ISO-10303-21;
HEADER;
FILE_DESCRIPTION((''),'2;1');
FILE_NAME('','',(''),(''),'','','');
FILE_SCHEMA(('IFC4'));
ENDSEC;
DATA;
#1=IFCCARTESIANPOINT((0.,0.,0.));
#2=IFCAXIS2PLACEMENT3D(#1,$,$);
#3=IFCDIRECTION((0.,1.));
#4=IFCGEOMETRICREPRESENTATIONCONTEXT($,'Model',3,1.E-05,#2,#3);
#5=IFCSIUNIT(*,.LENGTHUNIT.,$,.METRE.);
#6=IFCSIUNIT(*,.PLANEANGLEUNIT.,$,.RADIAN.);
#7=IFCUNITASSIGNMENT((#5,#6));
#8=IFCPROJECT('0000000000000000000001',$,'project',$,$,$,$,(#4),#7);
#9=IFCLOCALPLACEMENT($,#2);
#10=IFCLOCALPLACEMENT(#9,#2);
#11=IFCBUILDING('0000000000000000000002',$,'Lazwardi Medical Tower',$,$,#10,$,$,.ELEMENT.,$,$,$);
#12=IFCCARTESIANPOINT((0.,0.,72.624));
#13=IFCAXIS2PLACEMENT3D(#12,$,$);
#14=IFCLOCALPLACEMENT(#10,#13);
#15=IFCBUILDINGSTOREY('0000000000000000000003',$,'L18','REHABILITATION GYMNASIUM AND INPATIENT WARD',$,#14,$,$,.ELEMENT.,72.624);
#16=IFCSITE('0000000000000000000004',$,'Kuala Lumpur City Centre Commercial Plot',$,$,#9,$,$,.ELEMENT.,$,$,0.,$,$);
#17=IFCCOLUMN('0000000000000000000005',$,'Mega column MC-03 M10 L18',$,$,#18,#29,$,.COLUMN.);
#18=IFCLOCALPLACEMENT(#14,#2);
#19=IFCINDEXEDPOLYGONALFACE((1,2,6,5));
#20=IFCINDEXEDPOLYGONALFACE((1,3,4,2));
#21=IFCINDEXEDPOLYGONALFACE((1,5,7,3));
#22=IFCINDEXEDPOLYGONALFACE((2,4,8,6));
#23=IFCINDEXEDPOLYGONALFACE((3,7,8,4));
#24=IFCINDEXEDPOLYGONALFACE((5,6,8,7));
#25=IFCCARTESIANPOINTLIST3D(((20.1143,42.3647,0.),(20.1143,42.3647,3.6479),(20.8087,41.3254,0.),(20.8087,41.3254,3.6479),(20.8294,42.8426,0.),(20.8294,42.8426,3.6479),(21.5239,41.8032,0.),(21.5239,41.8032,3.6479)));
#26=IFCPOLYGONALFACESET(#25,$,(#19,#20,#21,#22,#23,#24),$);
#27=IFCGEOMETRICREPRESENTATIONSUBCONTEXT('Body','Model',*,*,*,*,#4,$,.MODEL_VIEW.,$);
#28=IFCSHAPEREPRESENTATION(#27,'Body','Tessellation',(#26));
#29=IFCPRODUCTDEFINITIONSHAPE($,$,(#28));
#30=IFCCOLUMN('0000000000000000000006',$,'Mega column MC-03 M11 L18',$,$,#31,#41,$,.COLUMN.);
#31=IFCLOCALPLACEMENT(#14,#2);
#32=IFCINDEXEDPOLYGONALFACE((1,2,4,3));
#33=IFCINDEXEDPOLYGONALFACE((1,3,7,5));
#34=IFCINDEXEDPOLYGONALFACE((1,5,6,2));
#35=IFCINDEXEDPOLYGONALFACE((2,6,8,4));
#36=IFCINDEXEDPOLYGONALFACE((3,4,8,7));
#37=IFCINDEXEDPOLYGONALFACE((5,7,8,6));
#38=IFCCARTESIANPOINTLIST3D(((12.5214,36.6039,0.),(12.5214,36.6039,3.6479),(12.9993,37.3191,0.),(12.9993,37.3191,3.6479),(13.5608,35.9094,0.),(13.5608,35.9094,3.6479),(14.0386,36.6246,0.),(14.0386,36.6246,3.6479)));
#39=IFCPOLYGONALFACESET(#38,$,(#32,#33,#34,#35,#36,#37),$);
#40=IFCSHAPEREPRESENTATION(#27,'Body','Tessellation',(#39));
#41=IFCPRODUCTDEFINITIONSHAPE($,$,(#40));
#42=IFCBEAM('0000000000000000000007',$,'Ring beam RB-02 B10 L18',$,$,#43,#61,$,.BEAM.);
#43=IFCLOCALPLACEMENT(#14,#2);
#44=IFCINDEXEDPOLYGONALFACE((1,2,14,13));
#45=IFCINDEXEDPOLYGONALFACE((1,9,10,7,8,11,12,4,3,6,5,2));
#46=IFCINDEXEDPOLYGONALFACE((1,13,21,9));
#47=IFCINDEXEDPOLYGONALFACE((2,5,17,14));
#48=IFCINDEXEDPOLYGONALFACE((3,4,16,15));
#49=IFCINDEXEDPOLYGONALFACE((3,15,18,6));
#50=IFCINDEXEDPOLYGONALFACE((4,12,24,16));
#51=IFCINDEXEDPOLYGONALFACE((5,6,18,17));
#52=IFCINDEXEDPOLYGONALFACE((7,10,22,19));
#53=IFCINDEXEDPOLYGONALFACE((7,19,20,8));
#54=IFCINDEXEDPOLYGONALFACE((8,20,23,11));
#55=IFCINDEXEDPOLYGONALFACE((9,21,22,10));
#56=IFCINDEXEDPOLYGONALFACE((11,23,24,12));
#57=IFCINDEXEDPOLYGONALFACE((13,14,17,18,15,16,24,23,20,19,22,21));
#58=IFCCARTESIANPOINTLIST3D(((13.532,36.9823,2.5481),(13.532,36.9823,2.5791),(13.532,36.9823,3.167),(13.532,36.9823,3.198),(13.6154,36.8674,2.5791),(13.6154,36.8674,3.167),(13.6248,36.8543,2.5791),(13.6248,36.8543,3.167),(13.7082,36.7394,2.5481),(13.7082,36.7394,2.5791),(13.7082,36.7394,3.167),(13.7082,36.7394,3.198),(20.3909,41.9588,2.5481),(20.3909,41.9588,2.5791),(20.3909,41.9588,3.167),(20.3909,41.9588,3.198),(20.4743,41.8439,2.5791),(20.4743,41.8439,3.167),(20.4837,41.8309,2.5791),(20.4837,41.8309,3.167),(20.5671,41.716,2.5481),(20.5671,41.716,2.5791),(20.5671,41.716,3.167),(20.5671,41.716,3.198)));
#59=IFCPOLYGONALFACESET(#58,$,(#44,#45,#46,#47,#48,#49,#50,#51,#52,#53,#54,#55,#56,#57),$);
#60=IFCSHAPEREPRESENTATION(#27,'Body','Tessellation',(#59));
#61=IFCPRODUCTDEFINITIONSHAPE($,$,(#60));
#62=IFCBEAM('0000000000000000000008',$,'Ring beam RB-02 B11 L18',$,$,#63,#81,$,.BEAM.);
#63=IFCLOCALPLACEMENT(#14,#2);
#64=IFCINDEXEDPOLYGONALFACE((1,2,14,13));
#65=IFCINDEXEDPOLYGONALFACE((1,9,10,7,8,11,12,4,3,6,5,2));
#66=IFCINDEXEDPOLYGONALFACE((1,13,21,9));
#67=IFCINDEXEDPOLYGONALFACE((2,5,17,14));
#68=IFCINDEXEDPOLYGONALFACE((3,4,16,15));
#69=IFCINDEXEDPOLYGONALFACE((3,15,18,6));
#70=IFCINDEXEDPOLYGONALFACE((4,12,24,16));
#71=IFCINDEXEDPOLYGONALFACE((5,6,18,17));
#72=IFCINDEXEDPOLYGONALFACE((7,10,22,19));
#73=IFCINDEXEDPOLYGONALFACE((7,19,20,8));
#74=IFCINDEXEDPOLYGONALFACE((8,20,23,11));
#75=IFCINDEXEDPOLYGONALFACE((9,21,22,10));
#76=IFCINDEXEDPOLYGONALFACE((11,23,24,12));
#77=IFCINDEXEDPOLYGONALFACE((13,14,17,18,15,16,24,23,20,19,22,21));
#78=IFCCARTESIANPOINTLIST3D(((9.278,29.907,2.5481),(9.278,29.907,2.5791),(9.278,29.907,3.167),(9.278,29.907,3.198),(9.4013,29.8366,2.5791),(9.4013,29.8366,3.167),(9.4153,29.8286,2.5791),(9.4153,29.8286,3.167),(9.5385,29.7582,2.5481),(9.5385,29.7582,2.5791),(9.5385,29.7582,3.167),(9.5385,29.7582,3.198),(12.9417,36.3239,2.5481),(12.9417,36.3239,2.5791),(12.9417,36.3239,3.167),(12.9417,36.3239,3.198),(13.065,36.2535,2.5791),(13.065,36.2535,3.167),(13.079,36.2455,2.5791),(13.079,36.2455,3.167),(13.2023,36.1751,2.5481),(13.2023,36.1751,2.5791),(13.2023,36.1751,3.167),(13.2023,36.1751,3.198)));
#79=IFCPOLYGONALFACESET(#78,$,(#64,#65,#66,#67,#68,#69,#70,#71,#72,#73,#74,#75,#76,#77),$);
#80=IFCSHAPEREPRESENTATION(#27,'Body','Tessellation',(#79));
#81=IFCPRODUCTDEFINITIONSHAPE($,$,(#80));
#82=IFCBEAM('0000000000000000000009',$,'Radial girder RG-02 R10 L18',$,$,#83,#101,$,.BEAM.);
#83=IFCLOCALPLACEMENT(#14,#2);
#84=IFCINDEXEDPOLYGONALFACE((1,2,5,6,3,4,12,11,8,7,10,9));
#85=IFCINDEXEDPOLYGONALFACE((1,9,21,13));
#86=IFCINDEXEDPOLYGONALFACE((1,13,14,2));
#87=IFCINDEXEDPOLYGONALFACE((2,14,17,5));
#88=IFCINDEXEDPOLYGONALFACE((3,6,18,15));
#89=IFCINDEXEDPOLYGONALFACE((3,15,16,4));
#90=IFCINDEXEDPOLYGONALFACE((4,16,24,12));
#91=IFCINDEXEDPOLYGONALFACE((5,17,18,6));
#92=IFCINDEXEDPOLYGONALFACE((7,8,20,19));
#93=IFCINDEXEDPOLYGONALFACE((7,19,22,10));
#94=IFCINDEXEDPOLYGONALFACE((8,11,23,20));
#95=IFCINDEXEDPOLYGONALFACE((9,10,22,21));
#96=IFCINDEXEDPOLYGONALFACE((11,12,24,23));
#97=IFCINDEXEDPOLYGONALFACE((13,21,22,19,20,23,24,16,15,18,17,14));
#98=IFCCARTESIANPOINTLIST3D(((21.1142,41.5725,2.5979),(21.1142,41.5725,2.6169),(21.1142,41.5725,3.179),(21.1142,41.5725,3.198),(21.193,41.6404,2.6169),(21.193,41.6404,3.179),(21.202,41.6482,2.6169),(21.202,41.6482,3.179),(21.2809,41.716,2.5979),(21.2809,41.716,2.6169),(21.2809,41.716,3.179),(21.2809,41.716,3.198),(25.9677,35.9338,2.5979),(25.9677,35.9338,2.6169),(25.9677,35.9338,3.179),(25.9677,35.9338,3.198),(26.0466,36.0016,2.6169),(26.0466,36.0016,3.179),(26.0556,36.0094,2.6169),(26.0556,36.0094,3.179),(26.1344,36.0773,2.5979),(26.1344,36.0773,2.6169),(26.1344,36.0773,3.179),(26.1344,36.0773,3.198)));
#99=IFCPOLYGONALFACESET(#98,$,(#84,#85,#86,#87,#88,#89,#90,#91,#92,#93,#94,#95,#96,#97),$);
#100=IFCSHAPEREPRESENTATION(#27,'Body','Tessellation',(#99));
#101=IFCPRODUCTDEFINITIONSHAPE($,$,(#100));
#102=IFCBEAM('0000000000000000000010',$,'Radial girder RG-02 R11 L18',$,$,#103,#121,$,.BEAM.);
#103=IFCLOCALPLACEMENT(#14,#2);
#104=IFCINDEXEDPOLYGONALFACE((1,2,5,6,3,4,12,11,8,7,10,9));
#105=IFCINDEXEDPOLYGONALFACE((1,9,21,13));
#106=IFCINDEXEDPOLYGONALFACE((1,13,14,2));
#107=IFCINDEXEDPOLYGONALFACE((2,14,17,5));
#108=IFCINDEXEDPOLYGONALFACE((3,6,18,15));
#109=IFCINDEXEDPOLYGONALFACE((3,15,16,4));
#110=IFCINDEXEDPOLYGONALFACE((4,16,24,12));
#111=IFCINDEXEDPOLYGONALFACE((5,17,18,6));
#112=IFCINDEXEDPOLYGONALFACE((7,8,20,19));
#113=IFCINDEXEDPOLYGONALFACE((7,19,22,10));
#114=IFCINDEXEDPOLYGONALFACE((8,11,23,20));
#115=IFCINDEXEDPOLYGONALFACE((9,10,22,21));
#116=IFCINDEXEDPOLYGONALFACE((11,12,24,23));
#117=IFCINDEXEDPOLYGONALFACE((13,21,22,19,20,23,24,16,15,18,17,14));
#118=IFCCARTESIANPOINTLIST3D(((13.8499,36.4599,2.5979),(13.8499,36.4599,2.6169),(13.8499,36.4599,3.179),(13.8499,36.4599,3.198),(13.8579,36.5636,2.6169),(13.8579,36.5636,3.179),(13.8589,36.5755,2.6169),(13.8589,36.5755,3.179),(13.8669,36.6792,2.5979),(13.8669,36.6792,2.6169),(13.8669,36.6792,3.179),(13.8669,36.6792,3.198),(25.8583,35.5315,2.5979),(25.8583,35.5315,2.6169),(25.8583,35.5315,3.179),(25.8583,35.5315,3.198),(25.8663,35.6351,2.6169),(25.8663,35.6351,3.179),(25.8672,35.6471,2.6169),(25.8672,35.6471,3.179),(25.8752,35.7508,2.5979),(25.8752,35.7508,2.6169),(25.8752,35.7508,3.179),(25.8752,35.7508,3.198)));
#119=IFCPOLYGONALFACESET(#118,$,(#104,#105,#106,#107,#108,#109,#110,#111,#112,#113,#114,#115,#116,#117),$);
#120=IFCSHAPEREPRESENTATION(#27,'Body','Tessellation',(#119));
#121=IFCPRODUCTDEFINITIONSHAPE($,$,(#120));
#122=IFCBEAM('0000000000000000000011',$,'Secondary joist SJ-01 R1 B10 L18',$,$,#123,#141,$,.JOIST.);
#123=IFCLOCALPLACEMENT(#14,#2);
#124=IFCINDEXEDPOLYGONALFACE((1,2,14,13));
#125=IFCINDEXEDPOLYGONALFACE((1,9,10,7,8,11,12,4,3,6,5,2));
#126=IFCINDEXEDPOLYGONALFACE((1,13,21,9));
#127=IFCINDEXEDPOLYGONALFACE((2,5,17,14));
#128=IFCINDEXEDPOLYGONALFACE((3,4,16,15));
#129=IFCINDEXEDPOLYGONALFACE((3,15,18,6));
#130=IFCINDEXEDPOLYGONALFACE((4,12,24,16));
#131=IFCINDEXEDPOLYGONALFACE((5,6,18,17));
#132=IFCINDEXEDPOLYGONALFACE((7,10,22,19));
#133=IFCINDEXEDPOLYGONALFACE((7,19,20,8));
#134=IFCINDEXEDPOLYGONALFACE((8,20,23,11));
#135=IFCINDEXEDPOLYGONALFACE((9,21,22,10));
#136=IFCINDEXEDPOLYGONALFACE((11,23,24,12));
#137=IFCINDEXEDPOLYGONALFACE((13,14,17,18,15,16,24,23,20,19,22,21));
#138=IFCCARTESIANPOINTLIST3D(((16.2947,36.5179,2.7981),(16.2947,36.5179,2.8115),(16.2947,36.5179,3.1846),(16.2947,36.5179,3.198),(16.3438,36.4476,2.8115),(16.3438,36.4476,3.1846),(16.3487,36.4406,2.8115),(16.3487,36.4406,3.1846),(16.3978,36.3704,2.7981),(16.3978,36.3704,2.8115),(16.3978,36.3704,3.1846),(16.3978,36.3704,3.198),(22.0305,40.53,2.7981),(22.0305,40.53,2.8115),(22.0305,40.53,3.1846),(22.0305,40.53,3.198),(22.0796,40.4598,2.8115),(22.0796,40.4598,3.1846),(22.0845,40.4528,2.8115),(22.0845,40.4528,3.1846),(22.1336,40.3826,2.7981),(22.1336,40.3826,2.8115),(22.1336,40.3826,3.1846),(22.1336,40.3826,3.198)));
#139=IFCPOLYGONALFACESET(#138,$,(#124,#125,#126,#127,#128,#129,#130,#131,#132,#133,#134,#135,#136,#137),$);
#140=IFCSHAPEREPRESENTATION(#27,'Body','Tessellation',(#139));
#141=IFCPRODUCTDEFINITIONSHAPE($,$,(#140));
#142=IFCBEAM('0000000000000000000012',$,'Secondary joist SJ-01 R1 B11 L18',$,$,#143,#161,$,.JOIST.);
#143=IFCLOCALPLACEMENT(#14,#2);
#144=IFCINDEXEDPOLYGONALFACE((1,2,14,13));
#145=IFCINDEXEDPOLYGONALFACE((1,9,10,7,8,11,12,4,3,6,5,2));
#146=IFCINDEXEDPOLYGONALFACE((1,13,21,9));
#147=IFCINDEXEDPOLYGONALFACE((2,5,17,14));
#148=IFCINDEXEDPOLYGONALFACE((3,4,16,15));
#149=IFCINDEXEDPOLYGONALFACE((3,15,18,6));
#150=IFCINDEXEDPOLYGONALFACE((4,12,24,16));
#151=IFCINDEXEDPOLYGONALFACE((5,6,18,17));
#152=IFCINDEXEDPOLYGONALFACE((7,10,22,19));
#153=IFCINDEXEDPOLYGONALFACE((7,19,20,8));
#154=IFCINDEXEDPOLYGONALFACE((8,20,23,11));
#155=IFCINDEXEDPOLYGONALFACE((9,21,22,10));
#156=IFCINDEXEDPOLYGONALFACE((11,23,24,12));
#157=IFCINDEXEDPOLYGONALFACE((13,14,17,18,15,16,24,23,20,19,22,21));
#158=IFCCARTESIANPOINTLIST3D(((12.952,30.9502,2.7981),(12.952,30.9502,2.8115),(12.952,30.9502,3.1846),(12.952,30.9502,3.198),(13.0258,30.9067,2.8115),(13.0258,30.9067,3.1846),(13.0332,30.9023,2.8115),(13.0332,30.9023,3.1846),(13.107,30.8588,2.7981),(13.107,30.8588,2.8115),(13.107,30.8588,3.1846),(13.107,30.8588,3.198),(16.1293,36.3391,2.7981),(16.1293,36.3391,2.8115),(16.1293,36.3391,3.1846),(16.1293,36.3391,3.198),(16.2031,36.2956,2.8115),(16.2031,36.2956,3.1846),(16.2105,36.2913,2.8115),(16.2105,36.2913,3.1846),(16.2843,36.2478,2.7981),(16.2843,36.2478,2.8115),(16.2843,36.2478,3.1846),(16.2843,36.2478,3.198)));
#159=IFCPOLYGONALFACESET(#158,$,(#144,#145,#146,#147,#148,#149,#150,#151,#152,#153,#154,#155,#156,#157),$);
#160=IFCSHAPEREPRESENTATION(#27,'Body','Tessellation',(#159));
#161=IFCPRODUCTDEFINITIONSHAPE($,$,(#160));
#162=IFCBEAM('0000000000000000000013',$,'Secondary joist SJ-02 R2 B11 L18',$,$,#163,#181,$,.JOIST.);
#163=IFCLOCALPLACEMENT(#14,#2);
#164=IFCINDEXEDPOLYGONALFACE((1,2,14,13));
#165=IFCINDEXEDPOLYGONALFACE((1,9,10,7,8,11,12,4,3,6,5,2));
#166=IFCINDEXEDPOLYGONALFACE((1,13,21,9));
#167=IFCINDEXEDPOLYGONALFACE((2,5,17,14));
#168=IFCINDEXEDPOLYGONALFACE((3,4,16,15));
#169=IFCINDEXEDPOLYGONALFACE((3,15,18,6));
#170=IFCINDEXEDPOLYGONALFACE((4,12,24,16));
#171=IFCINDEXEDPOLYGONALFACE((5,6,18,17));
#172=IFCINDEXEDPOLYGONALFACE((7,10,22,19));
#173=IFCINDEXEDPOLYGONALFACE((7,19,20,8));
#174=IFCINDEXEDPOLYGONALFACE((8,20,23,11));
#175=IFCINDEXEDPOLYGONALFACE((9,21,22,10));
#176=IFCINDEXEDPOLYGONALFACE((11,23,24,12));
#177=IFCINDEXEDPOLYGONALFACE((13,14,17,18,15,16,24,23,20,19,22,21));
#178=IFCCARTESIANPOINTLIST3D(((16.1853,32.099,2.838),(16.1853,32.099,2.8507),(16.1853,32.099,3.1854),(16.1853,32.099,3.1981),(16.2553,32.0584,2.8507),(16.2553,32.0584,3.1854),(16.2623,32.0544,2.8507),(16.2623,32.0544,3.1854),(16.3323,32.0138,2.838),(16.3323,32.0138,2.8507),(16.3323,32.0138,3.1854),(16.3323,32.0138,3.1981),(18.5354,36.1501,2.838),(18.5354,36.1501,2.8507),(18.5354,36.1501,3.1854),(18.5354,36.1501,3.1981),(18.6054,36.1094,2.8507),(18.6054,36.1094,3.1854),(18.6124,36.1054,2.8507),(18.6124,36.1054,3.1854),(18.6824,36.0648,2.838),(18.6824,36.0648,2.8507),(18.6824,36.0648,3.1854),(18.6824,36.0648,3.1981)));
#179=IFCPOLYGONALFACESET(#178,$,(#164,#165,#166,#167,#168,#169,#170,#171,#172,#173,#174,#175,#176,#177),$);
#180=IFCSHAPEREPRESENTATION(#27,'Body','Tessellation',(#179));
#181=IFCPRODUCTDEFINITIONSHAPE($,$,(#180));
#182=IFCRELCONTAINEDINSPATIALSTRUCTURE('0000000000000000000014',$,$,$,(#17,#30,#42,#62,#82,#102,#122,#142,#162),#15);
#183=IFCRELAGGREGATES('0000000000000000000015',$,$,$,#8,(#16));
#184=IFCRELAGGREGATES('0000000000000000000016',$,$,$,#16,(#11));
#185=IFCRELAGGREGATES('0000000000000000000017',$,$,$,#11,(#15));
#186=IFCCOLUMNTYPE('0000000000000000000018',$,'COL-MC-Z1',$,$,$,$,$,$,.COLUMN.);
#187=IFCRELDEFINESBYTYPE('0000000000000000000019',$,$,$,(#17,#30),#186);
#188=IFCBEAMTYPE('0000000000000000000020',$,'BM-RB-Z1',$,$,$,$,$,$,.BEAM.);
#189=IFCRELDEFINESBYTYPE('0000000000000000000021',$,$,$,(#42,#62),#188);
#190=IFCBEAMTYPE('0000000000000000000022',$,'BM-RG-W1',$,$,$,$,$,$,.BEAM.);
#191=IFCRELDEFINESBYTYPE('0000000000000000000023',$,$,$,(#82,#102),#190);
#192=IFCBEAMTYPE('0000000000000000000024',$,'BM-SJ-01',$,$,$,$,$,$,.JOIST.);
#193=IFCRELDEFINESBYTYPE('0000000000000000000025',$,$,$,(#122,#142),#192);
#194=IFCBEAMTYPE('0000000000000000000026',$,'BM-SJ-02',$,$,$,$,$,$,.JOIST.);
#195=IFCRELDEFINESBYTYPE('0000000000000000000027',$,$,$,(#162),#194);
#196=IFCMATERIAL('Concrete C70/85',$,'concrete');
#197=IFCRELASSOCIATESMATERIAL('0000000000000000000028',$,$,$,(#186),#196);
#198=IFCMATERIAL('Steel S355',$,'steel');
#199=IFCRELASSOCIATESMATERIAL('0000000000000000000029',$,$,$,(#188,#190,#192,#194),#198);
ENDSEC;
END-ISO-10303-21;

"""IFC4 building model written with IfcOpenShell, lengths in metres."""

from ifc_helpers import new_model, si_unit, direction, frame, origin, origin_2d, place, context, subcontext, project, spatial, rectangle, i_section, extrude, material, material_profile, profile_set, type_object, element, save


model = new_model("IFC4")

# Units and contexts
model_context = context("Model", 3, precision=1e-05, world=origin(), true_north=direction((0.0, 1.0)))
body_context = subcontext(model_context, "Body", "Model", "MODEL_VIEW")
ifc_project = project(units=[si_unit("LENGTHUNIT", "METRE"), si_unit("PLANEANGLEUNIT", "RADIAN")], contexts=[model_context])

# Site, building, storey
site_placement = place(None, origin())
site = spatial("IfcSite", under=ifc_project, at=site_placement, Name="Kuala Lumpur City Centre Commercial Plot", CompositionType="ELEMENT", RefElevation=0.0)
building_placement = place(site_placement, origin())
building = spatial("IfcBuilding", under=site, at=building_placement, Name="Lazwardi Medical Tower", CompositionType="ELEMENT")
storey_placement = place(building_placement, frame((0.0, 0.0, 72.624)))
storey = spatial("IfcBuildingStorey", under=building, at=storey_placement, Name="L18", Description="REHABILITATION GYMNASIUM AND INPATIENT WARD", CompositionType="ELEMENT", Elevation=72.624)

# Columns
ifc_material_1 = material(Name="Concrete C70/85", Category="concrete")
ifc_material_profile_1 = material_profile(ifc_material_1, rectangle(XDim=1.25, YDim=0.8601, at=origin_2d()), Name="CFT-RECT 1250x860")
ifc_profile_set_1 = profile_set([ifc_material_profile_1], Name="Concrete C70/85")
column_type = type_object("IfcColumnType", Name="COL-MC-Z1", PredefinedType="COLUMN", material=ifc_profile_set_1)
for number, where, z_axis, x_axis, name in (
    (1, (20.8191, 42.084, 0.0), (0.0, 0.0, 1.0), (-0.55557, 0.83147, 0.0), "Mega column MC-03 M10 L18"),
    (2, (13.28, 36.6143, 0.0), (0.0, 0.0, 1.0), (-0.83147, 0.55557, 0.0), "Mega column MC-03 M11 L18"),
):
    element("IfcColumn", number, at=place(storey_placement, frame(where, z_axis=z_axis, x_axis=x_axis)), inside=storey, type_object=column_type, Name=name, PredefinedType="COLUMN", context=body_context, shape_type="SweptSolid", body=[
        extrude(rectangle(XDim=1.25, YDim=0.8601, at=origin_2d()), origin(), (0.0, 0.0, 1.0), 3.6479),
    ])

# Beams
ifc_material_2 = material(Name="Steel S355", Category="steel")
ifc_material_profile_2 = material_profile(ifc_material_2, i_section(OverallWidth=0.3, OverallDepth=0.6499, WebThickness=0.0161, FlangeThickness=0.031, at=origin_2d()), Name="HEB 650")
ifc_profile_set_2 = profile_set([ifc_material_profile_2], Name="Steel S355")
beam_type_1 = type_object("IfcBeamType", Name="BM-RB-Z1", PredefinedType="BEAM", material=ifc_profile_set_2)
beam_1_placement = place(storey_placement, frame((20.479, 41.8374, 2.873), z_axis=(-0.809393, -0.587267, 0.0), x_axis=(0.587267, -0.809393, 0.0)))
element("IfcBeam", 3, at=beam_1_placement, inside=storey, type_object=beam_type_1, Name="Ring beam RB-02 B10 L18", PredefinedType="BEAM", context=body_context, shape_type="SweptSolid", body=[
    extrude(i_section(OverallWidth=0.3, OverallDepth=0.6499, WebThickness=0.0161, FlangeThickness=0.031, at=origin_2d()), origin(), (0.0, 0.0, 1.0), 8.4741),
])
beam_2_placement = place(storey_placement, frame((13.072, 36.2495, 2.873), z_axis=(-0.495829, -0.86842, 0.0), x_axis=(0.86842, -0.495829, 0.0)))
element("IfcBeam", 4, at=beam_2_placement, inside=storey, type_object=beam_type_1, Name="Ring beam RB-02 B11 L18", PredefinedType="BEAM", context=body_context, shape_type="SweptSolid", body=[
    extrude(i_section(OverallWidth=0.3, OverallDepth=0.6499, WebThickness=0.0161, FlangeThickness=0.031, at=origin_2d()), origin(), (0.0, 0.0, 1.0), 7.3892),
])
ifc_material_profile_3 = material_profile(ifc_material_2, i_section(OverallWidth=0.22, OverallDepth=0.6001, WebThickness=0.012, FlangeThickness=0.019, at=origin_2d()), Name="IPE 600")
ifc_profile_set_3 = profile_set([ifc_material_profile_3], Name="Steel S355")
beam_type_2 = type_object("IfcBeamType", Name="BM-RG-W1", PredefinedType="BEAM", material=ifc_profile_set_3)
beam_3_placement = place(storey_placement, frame((21.1975, 41.6443, 2.8979), z_axis=(0.652368, -0.757902, 0.0), x_axis=(0.757902, 0.652368, 0.0)))
element("IfcBeam", 5, at=beam_3_placement, inside=storey, type_object=beam_type_2, Name="Radial girder RG-02 R10 L18", PredefinedType="BEAM", context=body_context, shape_type="SweptSolid", body=[
    extrude(i_section(OverallWidth=0.22, OverallDepth=0.6001, WebThickness=0.012, FlangeThickness=0.019, at=origin_2d()), origin(), (0.0, 0.0, 1.0), 7.4399),
])
beam_4_placement = place(storey_placement, frame((13.8584, 36.5696, 2.8979), z_axis=(0.997024, -0.077089, 0.0), x_axis=(0.077089, 0.997024, 0.0)))
element("IfcBeam", 6, at=beam_4_placement, inside=storey, type_object=beam_type_2, Name="Radial girder RG-02 R11 L18", PredefinedType="BEAM", context=body_context, shape_type="SweptSolid", body=[
    extrude(i_section(OverallWidth=0.22, OverallDepth=0.6001, WebThickness=0.012, FlangeThickness=0.019, at=origin_2d()), origin(), (0.0, 0.0, 1.0), 12.0442),
])
ifc_material_profile_4 = material_profile(ifc_material_2, i_section(OverallWidth=0.1799, OverallDepth=0.3999, WebThickness=0.0085, FlangeThickness=0.0134, at=origin_2d()), Name="IPE 400")
ifc_profile_set_4 = profile_set([ifc_material_profile_4], Name="Steel S355")
beam_type_3 = type_object("IfcBeamType", Name="BM-SJ-01", PredefinedType="JOIST", material=ifc_profile_set_4)
beam_5_placement = place(storey_placement, frame((22.082, 40.4563, 2.998), z_axis=(-0.819425, -0.573186, 0.0), x_axis=(0.573186, -0.819425, 0.0)))
element("IfcBeam", 7, at=beam_5_placement, inside=storey, type_object=beam_type_3, Name="Secondary joist SJ-01 R1 B10 L18", PredefinedType="JOIST", context=body_context, shape_type="SweptSolid", body=[
    extrude(i_section(OverallWidth=0.1799, OverallDepth=0.3999, WebThickness=0.0085, FlangeThickness=0.0134, at=origin_2d()), origin(), (0.0, 0.0, 1.0), 6.9998),
])
beam_6_placement = place(storey_placement, frame((16.2068, 36.2935, 2.998), z_axis=(-0.507886, -0.861424, 0.0), x_axis=(0.861424, -0.507886, 0.0)))
element("IfcBeam", 8, at=beam_6_placement, inside=storey, type_object=beam_type_3, Name="Secondary joist SJ-01 R1 B11 L18", PredefinedType="JOIST", context=body_context, shape_type="SweptSolid", body=[
    extrude(i_section(OverallWidth=0.1799, OverallDepth=0.3999, WebThickness=0.0085, FlangeThickness=0.0134, at=origin_2d()), origin(), (0.0, 0.0, 1.0), 6.2559),
])
ifc_material_profile_5 = material_profile(ifc_material_2, i_section(OverallWidth=0.1699, OverallDepth=0.3601, WebThickness=0.0081, FlangeThickness=0.0127, at=origin_2d()), Name="IPE 360")
ifc_profile_set_5 = profile_set([ifc_material_profile_5], Name="Steel S355")
beam_type_4 = type_object("IfcBeamType", Name="BM-SJ-02", PredefinedType="JOIST", material=ifc_profile_set_5)
beam_7_placement = place(storey_placement, frame((18.6089, 36.1074, 3.0181), z_axis=(-0.501798, -0.864985, 0.0), x_axis=(0.864985, -0.501798, 0.0)))
element("IfcBeam", 9, at=beam_7_placement, inside=storey, type_object=beam_type_4, Name="Secondary joist SJ-02 R2 B11 L18", PredefinedType="JOIST", context=body_context, shape_type="SweptSolid", body=[
    extrude(i_section(OverallWidth=0.1699, OverallDepth=0.3601, WebThickness=0.0081, FlangeThickness=0.0127, at=origin_2d()), origin(), (0.0, 0.0, 1.0), 4.6833),
])

save(model, "model.ifc")
